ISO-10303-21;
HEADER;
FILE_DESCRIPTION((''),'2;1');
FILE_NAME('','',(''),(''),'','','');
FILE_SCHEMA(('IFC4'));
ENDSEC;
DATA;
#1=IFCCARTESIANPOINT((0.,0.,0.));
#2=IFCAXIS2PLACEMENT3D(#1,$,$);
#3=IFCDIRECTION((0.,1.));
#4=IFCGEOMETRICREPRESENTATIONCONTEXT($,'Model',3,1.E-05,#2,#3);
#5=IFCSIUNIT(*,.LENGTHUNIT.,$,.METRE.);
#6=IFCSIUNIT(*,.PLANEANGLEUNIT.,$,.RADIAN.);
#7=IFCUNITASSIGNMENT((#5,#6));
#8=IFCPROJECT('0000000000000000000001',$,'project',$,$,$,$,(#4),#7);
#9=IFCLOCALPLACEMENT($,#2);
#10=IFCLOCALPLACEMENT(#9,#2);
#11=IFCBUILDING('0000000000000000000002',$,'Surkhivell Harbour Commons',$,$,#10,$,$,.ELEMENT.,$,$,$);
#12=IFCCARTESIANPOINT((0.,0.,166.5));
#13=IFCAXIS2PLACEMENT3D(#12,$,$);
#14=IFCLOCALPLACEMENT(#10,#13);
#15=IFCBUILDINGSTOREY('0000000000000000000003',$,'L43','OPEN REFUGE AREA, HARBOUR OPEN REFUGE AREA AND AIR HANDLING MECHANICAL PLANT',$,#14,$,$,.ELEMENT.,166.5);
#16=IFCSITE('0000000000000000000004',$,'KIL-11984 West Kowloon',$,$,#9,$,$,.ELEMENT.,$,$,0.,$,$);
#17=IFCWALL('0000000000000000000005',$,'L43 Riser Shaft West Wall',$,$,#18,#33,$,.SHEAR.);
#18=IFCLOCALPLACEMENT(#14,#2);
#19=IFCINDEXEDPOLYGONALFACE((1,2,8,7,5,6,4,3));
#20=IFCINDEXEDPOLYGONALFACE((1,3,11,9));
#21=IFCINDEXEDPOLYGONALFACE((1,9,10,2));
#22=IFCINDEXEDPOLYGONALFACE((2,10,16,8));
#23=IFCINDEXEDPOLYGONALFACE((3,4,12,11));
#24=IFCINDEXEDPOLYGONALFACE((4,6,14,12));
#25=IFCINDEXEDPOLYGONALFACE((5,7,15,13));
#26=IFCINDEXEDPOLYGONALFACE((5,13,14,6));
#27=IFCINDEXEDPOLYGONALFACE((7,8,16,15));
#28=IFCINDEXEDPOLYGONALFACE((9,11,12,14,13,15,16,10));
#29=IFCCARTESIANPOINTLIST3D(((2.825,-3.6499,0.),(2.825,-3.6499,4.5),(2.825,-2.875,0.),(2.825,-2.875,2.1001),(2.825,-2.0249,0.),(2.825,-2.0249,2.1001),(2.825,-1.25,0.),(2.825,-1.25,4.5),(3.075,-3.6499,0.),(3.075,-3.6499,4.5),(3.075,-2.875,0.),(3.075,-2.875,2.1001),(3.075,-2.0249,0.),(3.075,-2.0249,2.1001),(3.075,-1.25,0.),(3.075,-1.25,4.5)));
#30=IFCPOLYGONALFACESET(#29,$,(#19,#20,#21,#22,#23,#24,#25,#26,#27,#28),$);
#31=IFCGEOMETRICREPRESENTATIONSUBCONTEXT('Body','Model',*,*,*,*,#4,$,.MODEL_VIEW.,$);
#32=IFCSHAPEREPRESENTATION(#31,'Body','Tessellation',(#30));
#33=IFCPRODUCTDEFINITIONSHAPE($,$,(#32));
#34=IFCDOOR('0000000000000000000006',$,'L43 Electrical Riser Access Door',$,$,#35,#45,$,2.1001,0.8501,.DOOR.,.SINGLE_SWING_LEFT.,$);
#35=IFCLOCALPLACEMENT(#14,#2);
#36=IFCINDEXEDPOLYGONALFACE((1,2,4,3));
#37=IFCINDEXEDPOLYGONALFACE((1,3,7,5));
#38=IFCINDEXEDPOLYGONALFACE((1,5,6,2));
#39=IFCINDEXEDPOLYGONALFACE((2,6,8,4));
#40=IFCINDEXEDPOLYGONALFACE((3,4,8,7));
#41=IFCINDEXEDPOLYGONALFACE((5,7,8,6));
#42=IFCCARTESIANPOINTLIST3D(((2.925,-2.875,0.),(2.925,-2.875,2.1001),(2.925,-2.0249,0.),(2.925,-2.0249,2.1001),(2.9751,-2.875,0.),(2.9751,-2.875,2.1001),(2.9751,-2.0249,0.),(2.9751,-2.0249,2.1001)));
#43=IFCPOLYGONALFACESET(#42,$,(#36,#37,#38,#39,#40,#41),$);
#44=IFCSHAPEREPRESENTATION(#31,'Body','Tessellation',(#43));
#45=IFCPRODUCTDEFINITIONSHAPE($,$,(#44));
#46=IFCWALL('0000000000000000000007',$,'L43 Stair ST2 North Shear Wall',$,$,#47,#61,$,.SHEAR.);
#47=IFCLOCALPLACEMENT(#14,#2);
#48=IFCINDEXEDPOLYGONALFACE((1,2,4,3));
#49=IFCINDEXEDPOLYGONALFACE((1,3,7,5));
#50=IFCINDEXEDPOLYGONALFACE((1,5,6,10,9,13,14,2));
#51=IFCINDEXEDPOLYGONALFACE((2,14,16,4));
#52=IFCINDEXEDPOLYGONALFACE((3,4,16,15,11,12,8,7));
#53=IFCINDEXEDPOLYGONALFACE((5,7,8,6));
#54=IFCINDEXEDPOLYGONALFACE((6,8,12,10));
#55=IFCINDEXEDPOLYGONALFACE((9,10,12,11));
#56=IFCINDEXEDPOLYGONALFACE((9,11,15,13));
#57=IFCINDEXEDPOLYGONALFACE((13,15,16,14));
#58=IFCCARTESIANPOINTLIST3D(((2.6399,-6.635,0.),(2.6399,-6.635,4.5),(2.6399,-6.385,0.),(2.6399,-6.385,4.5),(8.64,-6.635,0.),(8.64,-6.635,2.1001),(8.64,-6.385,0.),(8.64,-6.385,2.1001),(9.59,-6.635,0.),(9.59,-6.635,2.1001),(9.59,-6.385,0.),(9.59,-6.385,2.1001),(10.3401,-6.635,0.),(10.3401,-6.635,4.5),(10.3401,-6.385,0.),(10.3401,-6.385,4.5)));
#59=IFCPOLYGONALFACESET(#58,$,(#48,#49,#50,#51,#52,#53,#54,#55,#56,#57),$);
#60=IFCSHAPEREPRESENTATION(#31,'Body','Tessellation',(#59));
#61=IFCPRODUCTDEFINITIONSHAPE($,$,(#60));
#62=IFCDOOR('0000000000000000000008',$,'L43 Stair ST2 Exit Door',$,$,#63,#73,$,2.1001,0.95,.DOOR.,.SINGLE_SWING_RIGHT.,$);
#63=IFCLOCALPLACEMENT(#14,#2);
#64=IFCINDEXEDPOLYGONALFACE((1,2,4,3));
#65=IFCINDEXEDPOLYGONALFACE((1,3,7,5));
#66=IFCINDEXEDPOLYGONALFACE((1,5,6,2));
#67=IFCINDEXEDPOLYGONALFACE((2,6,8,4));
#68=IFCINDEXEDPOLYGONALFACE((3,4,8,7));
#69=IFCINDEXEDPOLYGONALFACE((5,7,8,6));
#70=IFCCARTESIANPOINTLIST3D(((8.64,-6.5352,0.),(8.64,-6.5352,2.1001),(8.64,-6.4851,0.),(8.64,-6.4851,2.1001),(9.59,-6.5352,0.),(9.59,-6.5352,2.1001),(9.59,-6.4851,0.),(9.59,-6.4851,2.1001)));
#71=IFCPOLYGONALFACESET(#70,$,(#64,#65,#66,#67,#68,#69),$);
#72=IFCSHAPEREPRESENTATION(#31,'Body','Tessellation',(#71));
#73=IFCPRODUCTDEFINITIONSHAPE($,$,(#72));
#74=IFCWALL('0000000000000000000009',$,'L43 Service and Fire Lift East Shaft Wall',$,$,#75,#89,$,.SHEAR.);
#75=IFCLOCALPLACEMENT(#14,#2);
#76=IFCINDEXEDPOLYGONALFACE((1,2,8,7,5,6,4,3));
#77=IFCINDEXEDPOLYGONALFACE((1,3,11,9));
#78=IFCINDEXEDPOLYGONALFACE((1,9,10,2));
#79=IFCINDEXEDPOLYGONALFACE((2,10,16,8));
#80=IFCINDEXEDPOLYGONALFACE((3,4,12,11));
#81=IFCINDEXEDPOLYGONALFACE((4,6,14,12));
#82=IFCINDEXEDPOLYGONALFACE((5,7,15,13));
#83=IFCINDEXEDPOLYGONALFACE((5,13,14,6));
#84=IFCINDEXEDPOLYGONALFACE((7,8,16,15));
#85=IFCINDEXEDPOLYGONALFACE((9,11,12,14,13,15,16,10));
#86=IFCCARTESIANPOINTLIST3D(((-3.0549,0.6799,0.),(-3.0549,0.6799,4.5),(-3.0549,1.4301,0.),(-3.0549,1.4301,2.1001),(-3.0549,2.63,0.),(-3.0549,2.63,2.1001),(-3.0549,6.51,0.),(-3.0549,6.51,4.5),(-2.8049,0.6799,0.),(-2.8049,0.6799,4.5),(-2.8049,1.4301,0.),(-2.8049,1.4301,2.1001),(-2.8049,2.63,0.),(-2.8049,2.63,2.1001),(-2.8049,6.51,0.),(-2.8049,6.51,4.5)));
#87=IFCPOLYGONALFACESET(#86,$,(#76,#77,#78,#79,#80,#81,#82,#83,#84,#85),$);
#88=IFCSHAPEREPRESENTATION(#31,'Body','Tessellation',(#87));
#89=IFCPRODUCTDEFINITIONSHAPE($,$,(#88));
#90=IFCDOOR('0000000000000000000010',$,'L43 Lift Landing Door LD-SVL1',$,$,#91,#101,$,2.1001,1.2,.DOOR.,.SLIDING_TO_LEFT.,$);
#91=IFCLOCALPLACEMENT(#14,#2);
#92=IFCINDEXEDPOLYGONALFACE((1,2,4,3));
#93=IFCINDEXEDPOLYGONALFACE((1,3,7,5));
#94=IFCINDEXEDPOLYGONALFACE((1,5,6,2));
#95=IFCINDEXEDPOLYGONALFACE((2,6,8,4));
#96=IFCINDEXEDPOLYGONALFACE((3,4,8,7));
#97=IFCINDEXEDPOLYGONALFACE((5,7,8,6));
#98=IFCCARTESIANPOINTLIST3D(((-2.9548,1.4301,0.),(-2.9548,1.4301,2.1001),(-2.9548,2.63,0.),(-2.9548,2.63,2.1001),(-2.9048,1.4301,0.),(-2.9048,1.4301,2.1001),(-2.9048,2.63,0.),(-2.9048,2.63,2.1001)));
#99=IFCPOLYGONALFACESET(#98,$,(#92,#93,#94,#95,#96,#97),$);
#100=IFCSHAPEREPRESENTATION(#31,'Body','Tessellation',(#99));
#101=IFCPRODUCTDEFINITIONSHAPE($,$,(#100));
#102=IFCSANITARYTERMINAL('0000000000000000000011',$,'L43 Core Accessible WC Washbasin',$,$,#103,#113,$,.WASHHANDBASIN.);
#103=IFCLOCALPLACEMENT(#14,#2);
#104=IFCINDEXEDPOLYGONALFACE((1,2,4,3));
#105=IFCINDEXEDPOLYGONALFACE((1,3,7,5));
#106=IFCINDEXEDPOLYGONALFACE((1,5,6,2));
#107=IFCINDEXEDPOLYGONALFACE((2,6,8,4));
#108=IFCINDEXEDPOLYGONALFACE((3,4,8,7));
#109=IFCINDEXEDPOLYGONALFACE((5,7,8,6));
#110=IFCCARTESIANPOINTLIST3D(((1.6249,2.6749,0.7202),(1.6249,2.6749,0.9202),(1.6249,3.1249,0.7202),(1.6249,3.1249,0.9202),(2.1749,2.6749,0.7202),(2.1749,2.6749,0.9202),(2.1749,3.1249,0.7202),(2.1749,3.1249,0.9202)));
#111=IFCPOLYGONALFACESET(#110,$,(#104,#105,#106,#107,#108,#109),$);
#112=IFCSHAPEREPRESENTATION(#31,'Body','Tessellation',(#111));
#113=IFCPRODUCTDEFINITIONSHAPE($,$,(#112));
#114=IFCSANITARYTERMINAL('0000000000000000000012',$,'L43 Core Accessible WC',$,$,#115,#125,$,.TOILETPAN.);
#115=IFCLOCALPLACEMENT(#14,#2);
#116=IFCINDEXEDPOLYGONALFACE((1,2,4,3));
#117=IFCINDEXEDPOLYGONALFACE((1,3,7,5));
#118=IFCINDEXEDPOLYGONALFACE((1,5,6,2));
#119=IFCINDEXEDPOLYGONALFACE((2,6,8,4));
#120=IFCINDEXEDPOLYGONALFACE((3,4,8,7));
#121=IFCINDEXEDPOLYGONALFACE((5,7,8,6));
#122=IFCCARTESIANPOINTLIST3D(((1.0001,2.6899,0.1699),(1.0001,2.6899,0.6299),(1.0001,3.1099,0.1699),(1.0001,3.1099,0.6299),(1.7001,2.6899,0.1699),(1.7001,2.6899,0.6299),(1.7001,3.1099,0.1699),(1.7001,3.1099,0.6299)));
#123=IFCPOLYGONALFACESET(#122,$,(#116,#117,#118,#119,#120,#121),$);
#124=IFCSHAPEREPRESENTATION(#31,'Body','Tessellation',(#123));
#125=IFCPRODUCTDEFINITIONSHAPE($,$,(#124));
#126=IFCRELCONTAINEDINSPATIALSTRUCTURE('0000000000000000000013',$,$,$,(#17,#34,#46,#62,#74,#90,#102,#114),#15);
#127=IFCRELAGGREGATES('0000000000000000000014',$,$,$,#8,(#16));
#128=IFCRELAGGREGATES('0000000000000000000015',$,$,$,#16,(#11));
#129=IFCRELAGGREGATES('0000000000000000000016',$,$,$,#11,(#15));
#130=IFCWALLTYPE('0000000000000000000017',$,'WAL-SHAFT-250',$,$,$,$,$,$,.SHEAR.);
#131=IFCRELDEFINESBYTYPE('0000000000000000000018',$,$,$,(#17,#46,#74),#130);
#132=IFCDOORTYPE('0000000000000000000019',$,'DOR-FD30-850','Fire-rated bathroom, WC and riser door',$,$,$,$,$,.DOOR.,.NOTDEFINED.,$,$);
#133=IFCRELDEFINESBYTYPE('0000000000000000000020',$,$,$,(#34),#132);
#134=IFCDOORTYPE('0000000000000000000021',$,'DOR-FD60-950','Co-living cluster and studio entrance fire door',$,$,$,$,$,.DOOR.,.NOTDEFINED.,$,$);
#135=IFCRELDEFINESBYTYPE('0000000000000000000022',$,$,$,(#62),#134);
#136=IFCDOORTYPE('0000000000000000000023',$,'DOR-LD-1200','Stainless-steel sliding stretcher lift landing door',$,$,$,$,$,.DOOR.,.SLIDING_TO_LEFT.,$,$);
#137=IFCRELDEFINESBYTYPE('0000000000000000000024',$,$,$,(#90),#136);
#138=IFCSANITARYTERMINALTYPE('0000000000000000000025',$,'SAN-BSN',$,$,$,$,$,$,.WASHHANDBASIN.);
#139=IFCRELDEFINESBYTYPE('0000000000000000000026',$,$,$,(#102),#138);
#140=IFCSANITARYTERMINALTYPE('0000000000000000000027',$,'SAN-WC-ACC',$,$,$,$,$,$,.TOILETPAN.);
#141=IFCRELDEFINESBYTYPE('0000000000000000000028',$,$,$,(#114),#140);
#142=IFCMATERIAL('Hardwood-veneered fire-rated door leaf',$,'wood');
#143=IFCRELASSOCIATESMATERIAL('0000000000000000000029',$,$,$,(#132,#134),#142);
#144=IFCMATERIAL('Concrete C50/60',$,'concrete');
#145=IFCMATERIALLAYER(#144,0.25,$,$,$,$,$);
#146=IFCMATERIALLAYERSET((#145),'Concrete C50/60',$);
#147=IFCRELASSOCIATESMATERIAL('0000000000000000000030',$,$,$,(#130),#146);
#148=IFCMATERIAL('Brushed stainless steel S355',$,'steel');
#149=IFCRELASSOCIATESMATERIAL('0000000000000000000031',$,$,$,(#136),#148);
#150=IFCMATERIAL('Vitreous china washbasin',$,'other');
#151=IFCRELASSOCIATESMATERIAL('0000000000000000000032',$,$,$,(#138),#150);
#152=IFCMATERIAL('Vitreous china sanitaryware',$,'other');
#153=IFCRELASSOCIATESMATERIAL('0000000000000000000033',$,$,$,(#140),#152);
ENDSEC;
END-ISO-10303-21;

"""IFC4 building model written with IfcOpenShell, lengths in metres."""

from ifc_helpers import new_model, si_unit, direction, frame, frame_2d, origin, origin_2d, place, context, subcontext, project, spatial, rectangle, extrude, material, layer, layer_set, type_object, element, fill, save


model = new_model("IFC4")

# Units and contexts
model_context = context("Model", 3, precision=1e-05, world=origin(), true_north=direction((0.0, 1.0)))
body_context = subcontext(model_context, "Body", "Model", "MODEL_VIEW")
ifc_project = project(units=[si_unit("LENGTHUNIT", "METRE"), si_unit("PLANEANGLEUNIT", "RADIAN")], contexts=[model_context])

# Site, building, storey
site_placement = place(None, origin())
site = spatial("IfcSite", under=ifc_project, at=site_placement, Name="KIL-11984 West Kowloon", CompositionType="ELEMENT", RefElevation=0.0)
building_placement = place(site_placement, origin())
building = spatial("IfcBuilding", under=site, at=building_placement, Name="Surkhivell Harbour Commons", CompositionType="ELEMENT")
storey_placement = place(building_placement, frame((0.0, 0.0, 166.5)))
storey = spatial("IfcBuildingStorey", under=building, at=storey_placement, Name="L43", Description="OPEN REFUGE AREA, HARBOUR OPEN REFUGE AREA AND AIR HANDLING MECHANICAL PLANT", CompositionType="ELEMENT", Elevation=166.5)

# Shared definitions
ifc_material_1 = material(Name="Concrete C50/60", Category="concrete")

# Shared definitions
ifc_material_2 = material(Name="Hardwood-veneered fire-rated door leaf", Category="wood")
door_type_1 = type_object("IfcDoorType", Name="DOR-FD30-850", Description="Fire-rated bathroom, WC and riser door", OperationType="NOTDEFINED", PredefinedType="DOOR", material=ifc_material_2)

# Shared definitions
ifc_layer_1 = layer(ifc_material_1, 0.25)
ifc_layer_set_1 = layer_set([ifc_layer_1], Name="Concrete C50/60")
wall_type_1 = type_object("IfcWallType", Name="WAL-SHAFT-250", PredefinedType="SHEAR", material=ifc_layer_set_1)

# Walls, openings, doors
wall_1_placement = place(storey_placement, frame((2.95, -3.6499, 0.0), z_axis=(0.0, 0.0, 1.0), x_axis=(0.0, 1.0, 0.0)))
wall_1 = element("IfcWall", 1, at=wall_1_placement, inside=storey, type_object=wall_type_1, Name="L43 Riser Shaft West Wall", PredefinedType="SHEAR", context=body_context, shape_type="SweptSolid", body=[
    extrude(rectangle(XDim=2.3999, YDim=0.25, at=frame_2d((1.2, 0.0))), origin(), (0.0, 0.0, 1.0), 4.5),
])
opening_1_placement = place(wall_1_placement, frame((0.7749, 0.0, 0.0)))
opening_1 = element("IfcOpeningElement", 2, at=opening_1_placement, cuts=wall_1, PredefinedType="OPENING", context=body_context, shape_type="SweptSolid", body=[
    extrude(rectangle(XDim=0.8501, YDim=2.1001, at=frame_2d((0.425, 1.05))), frame((0.0, 0.135, 0.0), z_axis=(0.0, -1.0, 0.0), x_axis=(1.0, 0.0, 0.0)), (0.0, 0.0, 1.0), 0.27),
])
door_1_placement = place(opening_1_placement, origin())
door_1 = element("IfcDoor", 3, at=door_1_placement, inside=storey, type_object=door_type_1, Name="L43 Electrical Riser Access Door", OperationType="SINGLE_SWING_LEFT", OverallHeight=2.1001, OverallWidth=0.8501, PredefinedType="DOOR", context=body_context, shape_type="SweptSolid", body=[
    extrude(rectangle(XDim=0.8501, YDim=2.1001, at=frame_2d((0.425, 1.05))), frame((0.0, 0.0249, 0.0), z_axis=(0.0, -1.0, 0.0), x_axis=(1.0, 0.0, 0.0)), (0.0, 0.0, 1.0), 0.05),
])
fill(opening_1, door_1)
wall_2_placement = place(storey_placement, frame((2.6399, -6.51, 0.0), z_axis=(0.0, 0.0, 1.0), x_axis=(1.0, 0.0, 0.0)))
wall_2 = element("IfcWall", 4, at=wall_2_placement, inside=storey, type_object=wall_type_1, Name="L43 Stair ST2 North Shear Wall", PredefinedType="SHEAR", context=body_context, shape_type="SweptSolid", body=[
    extrude(rectangle(XDim=7.7002, YDim=0.25, at=frame_2d((3.8501, 0.0))), origin(), (0.0, 0.0, 1.0), 4.5),
])
opening_2_placement = place(wall_2_placement, frame((6.0, 0.0, 0.0)))
opening_2 = element("IfcOpeningElement", 5, at=opening_2_placement, cuts=wall_2, PredefinedType="OPENING", context=body_context, shape_type="SweptSolid", body=[
    extrude(rectangle(XDim=0.95, YDim=2.1001, at=frame_2d((0.4751, 1.05))), frame((0.0, 0.135, 0.0), z_axis=(0.0, -1.0, 0.0), x_axis=(1.0, 0.0, 0.0)), (0.0, 0.0, 1.0), 0.27),
])
door_type_2 = type_object("IfcDoorType", Name="DOR-FD60-950", Description="Co-living cluster and studio entrance fire door", OperationType="NOTDEFINED", PredefinedType="DOOR", material=ifc_material_2)
door_2_placement = place(opening_2_placement, origin())
door_2 = element("IfcDoor", 6, at=door_2_placement, inside=storey, type_object=door_type_2, Name="L43 Stair ST2 Exit Door", OperationType="SINGLE_SWING_RIGHT", OverallHeight=2.1001, OverallWidth=0.95, PredefinedType="DOOR", context=body_context, shape_type="SweptSolid", body=[
    extrude(rectangle(XDim=0.95, YDim=2.1001, at=frame_2d((0.4751, 1.05))), frame((0.0, 0.0249, 0.0), z_axis=(0.0, -1.0, 0.0), x_axis=(1.0, 0.0, 0.0)), (0.0, 0.0, 1.0), 0.05),
])
fill(opening_2, door_2)
wall_3_placement = place(storey_placement, frame((-2.9299, 0.6799, 0.0), z_axis=(0.0, 0.0, 1.0), x_axis=(0.0, 1.0, 0.0)))
wall_3 = element("IfcWall", 7, at=wall_3_placement, inside=storey, type_object=wall_type_1, Name="L43 Service and Fire Lift East Shaft Wall", PredefinedType="SHEAR", context=body_context, shape_type="SweptSolid", body=[
    extrude(rectangle(XDim=5.8301, YDim=0.25, at=frame_2d((2.915, 0.0))), origin(), (0.0, 0.0, 1.0), 4.5),
])
opening_3_placement = place(wall_3_placement, frame((0.75, 0.0, 0.0)))
opening_3 = element("IfcOpeningElement", 8, at=opening_3_placement, cuts=wall_3, PredefinedType="OPENING", context=body_context, shape_type="SweptSolid", body=[
    extrude(rectangle(XDim=1.2, YDim=2.1001, at=frame_2d((0.6001, 1.05))), frame((0.0, 0.135, 0.0), z_axis=(0.0, -1.0, 0.0), x_axis=(1.0, 0.0, 0.0)), (0.0, 0.0, 1.0), 0.27),
])
ifc_material_3 = material(Name="Brushed stainless steel S355", Category="steel")
door_type_3 = type_object("IfcDoorType", Name="DOR-LD-1200", Description="Stainless-steel sliding stretcher lift landing door", OperationType="SLIDING_TO_LEFT", PredefinedType="DOOR", material=ifc_material_3)
door_3_placement = place(opening_3_placement, origin())
door_3 = element("IfcDoor", 9, at=door_3_placement, inside=storey, type_object=door_type_3, Name="L43 Lift Landing Door LD-SVL1", OperationType="SLIDING_TO_LEFT", OverallHeight=2.1001, OverallWidth=1.2, PredefinedType="DOOR", context=body_context, shape_type="SweptSolid", body=[
    extrude(rectangle(XDim=1.2, YDim=2.1001, at=frame_2d((0.6001, 1.05))), frame((0.0, 0.0249, 0.0), z_axis=(0.0, -1.0, 0.0), x_axis=(1.0, 0.0, 0.0)), (0.0, 0.0, 1.0), 0.05),
])
fill(opening_3, door_3)

# Sanitary terminals
ifc_material_4 = material(Name="Vitreous china washbasin", Category="other")
sanitary_terminal_type_1 = type_object("IfcSanitaryTerminalType", Name="SAN-BSN", PredefinedType="WASHHANDBASIN", material=ifc_material_4)
sanitary_terminal_1_placement = place(storey_placement, frame((1.8999, 2.8999, 0.7202), z_axis=(0.0, 0.0, 1.0), x_axis=(1.0, 0.0, 0.0)))
element("IfcSanitaryTerminal", 10, at=sanitary_terminal_1_placement, inside=storey, type_object=sanitary_terminal_type_1, Name="L43 Core Accessible WC Washbasin", PredefinedType="WASHHANDBASIN", context=body_context, shape_type="SweptSolid", body=[
    extrude(rectangle(XDim=0.55, YDim=0.45, at=origin_2d()), origin(), (0.0, 0.0, 1.0), 0.2),
])
ifc_material_5 = material(Name="Vitreous china sanitaryware", Category="other")
sanitary_terminal_type_2 = type_object("IfcSanitaryTerminalType", Name="SAN-WC-ACC", PredefinedType="TOILETPAN", material=ifc_material_5)
sanitary_terminal_2_placement = place(storey_placement, frame((1.3501, 2.8999, 0.1699), z_axis=(0.0, 0.0, 1.0), x_axis=(1.0, 0.0, 0.0)))
element("IfcSanitaryTerminal", 11, at=sanitary_terminal_2_placement, inside=storey, type_object=sanitary_terminal_type_2, Name="L43 Core Accessible WC", PredefinedType="TOILETPAN", context=body_context, shape_type="SweptSolid", body=[
    extrude(rectangle(XDim=0.7, YDim=0.4199, at=origin_2d()), origin(), (0.0, 0.0, 1.0), 0.46),
])

save(model, "model.ifc")
